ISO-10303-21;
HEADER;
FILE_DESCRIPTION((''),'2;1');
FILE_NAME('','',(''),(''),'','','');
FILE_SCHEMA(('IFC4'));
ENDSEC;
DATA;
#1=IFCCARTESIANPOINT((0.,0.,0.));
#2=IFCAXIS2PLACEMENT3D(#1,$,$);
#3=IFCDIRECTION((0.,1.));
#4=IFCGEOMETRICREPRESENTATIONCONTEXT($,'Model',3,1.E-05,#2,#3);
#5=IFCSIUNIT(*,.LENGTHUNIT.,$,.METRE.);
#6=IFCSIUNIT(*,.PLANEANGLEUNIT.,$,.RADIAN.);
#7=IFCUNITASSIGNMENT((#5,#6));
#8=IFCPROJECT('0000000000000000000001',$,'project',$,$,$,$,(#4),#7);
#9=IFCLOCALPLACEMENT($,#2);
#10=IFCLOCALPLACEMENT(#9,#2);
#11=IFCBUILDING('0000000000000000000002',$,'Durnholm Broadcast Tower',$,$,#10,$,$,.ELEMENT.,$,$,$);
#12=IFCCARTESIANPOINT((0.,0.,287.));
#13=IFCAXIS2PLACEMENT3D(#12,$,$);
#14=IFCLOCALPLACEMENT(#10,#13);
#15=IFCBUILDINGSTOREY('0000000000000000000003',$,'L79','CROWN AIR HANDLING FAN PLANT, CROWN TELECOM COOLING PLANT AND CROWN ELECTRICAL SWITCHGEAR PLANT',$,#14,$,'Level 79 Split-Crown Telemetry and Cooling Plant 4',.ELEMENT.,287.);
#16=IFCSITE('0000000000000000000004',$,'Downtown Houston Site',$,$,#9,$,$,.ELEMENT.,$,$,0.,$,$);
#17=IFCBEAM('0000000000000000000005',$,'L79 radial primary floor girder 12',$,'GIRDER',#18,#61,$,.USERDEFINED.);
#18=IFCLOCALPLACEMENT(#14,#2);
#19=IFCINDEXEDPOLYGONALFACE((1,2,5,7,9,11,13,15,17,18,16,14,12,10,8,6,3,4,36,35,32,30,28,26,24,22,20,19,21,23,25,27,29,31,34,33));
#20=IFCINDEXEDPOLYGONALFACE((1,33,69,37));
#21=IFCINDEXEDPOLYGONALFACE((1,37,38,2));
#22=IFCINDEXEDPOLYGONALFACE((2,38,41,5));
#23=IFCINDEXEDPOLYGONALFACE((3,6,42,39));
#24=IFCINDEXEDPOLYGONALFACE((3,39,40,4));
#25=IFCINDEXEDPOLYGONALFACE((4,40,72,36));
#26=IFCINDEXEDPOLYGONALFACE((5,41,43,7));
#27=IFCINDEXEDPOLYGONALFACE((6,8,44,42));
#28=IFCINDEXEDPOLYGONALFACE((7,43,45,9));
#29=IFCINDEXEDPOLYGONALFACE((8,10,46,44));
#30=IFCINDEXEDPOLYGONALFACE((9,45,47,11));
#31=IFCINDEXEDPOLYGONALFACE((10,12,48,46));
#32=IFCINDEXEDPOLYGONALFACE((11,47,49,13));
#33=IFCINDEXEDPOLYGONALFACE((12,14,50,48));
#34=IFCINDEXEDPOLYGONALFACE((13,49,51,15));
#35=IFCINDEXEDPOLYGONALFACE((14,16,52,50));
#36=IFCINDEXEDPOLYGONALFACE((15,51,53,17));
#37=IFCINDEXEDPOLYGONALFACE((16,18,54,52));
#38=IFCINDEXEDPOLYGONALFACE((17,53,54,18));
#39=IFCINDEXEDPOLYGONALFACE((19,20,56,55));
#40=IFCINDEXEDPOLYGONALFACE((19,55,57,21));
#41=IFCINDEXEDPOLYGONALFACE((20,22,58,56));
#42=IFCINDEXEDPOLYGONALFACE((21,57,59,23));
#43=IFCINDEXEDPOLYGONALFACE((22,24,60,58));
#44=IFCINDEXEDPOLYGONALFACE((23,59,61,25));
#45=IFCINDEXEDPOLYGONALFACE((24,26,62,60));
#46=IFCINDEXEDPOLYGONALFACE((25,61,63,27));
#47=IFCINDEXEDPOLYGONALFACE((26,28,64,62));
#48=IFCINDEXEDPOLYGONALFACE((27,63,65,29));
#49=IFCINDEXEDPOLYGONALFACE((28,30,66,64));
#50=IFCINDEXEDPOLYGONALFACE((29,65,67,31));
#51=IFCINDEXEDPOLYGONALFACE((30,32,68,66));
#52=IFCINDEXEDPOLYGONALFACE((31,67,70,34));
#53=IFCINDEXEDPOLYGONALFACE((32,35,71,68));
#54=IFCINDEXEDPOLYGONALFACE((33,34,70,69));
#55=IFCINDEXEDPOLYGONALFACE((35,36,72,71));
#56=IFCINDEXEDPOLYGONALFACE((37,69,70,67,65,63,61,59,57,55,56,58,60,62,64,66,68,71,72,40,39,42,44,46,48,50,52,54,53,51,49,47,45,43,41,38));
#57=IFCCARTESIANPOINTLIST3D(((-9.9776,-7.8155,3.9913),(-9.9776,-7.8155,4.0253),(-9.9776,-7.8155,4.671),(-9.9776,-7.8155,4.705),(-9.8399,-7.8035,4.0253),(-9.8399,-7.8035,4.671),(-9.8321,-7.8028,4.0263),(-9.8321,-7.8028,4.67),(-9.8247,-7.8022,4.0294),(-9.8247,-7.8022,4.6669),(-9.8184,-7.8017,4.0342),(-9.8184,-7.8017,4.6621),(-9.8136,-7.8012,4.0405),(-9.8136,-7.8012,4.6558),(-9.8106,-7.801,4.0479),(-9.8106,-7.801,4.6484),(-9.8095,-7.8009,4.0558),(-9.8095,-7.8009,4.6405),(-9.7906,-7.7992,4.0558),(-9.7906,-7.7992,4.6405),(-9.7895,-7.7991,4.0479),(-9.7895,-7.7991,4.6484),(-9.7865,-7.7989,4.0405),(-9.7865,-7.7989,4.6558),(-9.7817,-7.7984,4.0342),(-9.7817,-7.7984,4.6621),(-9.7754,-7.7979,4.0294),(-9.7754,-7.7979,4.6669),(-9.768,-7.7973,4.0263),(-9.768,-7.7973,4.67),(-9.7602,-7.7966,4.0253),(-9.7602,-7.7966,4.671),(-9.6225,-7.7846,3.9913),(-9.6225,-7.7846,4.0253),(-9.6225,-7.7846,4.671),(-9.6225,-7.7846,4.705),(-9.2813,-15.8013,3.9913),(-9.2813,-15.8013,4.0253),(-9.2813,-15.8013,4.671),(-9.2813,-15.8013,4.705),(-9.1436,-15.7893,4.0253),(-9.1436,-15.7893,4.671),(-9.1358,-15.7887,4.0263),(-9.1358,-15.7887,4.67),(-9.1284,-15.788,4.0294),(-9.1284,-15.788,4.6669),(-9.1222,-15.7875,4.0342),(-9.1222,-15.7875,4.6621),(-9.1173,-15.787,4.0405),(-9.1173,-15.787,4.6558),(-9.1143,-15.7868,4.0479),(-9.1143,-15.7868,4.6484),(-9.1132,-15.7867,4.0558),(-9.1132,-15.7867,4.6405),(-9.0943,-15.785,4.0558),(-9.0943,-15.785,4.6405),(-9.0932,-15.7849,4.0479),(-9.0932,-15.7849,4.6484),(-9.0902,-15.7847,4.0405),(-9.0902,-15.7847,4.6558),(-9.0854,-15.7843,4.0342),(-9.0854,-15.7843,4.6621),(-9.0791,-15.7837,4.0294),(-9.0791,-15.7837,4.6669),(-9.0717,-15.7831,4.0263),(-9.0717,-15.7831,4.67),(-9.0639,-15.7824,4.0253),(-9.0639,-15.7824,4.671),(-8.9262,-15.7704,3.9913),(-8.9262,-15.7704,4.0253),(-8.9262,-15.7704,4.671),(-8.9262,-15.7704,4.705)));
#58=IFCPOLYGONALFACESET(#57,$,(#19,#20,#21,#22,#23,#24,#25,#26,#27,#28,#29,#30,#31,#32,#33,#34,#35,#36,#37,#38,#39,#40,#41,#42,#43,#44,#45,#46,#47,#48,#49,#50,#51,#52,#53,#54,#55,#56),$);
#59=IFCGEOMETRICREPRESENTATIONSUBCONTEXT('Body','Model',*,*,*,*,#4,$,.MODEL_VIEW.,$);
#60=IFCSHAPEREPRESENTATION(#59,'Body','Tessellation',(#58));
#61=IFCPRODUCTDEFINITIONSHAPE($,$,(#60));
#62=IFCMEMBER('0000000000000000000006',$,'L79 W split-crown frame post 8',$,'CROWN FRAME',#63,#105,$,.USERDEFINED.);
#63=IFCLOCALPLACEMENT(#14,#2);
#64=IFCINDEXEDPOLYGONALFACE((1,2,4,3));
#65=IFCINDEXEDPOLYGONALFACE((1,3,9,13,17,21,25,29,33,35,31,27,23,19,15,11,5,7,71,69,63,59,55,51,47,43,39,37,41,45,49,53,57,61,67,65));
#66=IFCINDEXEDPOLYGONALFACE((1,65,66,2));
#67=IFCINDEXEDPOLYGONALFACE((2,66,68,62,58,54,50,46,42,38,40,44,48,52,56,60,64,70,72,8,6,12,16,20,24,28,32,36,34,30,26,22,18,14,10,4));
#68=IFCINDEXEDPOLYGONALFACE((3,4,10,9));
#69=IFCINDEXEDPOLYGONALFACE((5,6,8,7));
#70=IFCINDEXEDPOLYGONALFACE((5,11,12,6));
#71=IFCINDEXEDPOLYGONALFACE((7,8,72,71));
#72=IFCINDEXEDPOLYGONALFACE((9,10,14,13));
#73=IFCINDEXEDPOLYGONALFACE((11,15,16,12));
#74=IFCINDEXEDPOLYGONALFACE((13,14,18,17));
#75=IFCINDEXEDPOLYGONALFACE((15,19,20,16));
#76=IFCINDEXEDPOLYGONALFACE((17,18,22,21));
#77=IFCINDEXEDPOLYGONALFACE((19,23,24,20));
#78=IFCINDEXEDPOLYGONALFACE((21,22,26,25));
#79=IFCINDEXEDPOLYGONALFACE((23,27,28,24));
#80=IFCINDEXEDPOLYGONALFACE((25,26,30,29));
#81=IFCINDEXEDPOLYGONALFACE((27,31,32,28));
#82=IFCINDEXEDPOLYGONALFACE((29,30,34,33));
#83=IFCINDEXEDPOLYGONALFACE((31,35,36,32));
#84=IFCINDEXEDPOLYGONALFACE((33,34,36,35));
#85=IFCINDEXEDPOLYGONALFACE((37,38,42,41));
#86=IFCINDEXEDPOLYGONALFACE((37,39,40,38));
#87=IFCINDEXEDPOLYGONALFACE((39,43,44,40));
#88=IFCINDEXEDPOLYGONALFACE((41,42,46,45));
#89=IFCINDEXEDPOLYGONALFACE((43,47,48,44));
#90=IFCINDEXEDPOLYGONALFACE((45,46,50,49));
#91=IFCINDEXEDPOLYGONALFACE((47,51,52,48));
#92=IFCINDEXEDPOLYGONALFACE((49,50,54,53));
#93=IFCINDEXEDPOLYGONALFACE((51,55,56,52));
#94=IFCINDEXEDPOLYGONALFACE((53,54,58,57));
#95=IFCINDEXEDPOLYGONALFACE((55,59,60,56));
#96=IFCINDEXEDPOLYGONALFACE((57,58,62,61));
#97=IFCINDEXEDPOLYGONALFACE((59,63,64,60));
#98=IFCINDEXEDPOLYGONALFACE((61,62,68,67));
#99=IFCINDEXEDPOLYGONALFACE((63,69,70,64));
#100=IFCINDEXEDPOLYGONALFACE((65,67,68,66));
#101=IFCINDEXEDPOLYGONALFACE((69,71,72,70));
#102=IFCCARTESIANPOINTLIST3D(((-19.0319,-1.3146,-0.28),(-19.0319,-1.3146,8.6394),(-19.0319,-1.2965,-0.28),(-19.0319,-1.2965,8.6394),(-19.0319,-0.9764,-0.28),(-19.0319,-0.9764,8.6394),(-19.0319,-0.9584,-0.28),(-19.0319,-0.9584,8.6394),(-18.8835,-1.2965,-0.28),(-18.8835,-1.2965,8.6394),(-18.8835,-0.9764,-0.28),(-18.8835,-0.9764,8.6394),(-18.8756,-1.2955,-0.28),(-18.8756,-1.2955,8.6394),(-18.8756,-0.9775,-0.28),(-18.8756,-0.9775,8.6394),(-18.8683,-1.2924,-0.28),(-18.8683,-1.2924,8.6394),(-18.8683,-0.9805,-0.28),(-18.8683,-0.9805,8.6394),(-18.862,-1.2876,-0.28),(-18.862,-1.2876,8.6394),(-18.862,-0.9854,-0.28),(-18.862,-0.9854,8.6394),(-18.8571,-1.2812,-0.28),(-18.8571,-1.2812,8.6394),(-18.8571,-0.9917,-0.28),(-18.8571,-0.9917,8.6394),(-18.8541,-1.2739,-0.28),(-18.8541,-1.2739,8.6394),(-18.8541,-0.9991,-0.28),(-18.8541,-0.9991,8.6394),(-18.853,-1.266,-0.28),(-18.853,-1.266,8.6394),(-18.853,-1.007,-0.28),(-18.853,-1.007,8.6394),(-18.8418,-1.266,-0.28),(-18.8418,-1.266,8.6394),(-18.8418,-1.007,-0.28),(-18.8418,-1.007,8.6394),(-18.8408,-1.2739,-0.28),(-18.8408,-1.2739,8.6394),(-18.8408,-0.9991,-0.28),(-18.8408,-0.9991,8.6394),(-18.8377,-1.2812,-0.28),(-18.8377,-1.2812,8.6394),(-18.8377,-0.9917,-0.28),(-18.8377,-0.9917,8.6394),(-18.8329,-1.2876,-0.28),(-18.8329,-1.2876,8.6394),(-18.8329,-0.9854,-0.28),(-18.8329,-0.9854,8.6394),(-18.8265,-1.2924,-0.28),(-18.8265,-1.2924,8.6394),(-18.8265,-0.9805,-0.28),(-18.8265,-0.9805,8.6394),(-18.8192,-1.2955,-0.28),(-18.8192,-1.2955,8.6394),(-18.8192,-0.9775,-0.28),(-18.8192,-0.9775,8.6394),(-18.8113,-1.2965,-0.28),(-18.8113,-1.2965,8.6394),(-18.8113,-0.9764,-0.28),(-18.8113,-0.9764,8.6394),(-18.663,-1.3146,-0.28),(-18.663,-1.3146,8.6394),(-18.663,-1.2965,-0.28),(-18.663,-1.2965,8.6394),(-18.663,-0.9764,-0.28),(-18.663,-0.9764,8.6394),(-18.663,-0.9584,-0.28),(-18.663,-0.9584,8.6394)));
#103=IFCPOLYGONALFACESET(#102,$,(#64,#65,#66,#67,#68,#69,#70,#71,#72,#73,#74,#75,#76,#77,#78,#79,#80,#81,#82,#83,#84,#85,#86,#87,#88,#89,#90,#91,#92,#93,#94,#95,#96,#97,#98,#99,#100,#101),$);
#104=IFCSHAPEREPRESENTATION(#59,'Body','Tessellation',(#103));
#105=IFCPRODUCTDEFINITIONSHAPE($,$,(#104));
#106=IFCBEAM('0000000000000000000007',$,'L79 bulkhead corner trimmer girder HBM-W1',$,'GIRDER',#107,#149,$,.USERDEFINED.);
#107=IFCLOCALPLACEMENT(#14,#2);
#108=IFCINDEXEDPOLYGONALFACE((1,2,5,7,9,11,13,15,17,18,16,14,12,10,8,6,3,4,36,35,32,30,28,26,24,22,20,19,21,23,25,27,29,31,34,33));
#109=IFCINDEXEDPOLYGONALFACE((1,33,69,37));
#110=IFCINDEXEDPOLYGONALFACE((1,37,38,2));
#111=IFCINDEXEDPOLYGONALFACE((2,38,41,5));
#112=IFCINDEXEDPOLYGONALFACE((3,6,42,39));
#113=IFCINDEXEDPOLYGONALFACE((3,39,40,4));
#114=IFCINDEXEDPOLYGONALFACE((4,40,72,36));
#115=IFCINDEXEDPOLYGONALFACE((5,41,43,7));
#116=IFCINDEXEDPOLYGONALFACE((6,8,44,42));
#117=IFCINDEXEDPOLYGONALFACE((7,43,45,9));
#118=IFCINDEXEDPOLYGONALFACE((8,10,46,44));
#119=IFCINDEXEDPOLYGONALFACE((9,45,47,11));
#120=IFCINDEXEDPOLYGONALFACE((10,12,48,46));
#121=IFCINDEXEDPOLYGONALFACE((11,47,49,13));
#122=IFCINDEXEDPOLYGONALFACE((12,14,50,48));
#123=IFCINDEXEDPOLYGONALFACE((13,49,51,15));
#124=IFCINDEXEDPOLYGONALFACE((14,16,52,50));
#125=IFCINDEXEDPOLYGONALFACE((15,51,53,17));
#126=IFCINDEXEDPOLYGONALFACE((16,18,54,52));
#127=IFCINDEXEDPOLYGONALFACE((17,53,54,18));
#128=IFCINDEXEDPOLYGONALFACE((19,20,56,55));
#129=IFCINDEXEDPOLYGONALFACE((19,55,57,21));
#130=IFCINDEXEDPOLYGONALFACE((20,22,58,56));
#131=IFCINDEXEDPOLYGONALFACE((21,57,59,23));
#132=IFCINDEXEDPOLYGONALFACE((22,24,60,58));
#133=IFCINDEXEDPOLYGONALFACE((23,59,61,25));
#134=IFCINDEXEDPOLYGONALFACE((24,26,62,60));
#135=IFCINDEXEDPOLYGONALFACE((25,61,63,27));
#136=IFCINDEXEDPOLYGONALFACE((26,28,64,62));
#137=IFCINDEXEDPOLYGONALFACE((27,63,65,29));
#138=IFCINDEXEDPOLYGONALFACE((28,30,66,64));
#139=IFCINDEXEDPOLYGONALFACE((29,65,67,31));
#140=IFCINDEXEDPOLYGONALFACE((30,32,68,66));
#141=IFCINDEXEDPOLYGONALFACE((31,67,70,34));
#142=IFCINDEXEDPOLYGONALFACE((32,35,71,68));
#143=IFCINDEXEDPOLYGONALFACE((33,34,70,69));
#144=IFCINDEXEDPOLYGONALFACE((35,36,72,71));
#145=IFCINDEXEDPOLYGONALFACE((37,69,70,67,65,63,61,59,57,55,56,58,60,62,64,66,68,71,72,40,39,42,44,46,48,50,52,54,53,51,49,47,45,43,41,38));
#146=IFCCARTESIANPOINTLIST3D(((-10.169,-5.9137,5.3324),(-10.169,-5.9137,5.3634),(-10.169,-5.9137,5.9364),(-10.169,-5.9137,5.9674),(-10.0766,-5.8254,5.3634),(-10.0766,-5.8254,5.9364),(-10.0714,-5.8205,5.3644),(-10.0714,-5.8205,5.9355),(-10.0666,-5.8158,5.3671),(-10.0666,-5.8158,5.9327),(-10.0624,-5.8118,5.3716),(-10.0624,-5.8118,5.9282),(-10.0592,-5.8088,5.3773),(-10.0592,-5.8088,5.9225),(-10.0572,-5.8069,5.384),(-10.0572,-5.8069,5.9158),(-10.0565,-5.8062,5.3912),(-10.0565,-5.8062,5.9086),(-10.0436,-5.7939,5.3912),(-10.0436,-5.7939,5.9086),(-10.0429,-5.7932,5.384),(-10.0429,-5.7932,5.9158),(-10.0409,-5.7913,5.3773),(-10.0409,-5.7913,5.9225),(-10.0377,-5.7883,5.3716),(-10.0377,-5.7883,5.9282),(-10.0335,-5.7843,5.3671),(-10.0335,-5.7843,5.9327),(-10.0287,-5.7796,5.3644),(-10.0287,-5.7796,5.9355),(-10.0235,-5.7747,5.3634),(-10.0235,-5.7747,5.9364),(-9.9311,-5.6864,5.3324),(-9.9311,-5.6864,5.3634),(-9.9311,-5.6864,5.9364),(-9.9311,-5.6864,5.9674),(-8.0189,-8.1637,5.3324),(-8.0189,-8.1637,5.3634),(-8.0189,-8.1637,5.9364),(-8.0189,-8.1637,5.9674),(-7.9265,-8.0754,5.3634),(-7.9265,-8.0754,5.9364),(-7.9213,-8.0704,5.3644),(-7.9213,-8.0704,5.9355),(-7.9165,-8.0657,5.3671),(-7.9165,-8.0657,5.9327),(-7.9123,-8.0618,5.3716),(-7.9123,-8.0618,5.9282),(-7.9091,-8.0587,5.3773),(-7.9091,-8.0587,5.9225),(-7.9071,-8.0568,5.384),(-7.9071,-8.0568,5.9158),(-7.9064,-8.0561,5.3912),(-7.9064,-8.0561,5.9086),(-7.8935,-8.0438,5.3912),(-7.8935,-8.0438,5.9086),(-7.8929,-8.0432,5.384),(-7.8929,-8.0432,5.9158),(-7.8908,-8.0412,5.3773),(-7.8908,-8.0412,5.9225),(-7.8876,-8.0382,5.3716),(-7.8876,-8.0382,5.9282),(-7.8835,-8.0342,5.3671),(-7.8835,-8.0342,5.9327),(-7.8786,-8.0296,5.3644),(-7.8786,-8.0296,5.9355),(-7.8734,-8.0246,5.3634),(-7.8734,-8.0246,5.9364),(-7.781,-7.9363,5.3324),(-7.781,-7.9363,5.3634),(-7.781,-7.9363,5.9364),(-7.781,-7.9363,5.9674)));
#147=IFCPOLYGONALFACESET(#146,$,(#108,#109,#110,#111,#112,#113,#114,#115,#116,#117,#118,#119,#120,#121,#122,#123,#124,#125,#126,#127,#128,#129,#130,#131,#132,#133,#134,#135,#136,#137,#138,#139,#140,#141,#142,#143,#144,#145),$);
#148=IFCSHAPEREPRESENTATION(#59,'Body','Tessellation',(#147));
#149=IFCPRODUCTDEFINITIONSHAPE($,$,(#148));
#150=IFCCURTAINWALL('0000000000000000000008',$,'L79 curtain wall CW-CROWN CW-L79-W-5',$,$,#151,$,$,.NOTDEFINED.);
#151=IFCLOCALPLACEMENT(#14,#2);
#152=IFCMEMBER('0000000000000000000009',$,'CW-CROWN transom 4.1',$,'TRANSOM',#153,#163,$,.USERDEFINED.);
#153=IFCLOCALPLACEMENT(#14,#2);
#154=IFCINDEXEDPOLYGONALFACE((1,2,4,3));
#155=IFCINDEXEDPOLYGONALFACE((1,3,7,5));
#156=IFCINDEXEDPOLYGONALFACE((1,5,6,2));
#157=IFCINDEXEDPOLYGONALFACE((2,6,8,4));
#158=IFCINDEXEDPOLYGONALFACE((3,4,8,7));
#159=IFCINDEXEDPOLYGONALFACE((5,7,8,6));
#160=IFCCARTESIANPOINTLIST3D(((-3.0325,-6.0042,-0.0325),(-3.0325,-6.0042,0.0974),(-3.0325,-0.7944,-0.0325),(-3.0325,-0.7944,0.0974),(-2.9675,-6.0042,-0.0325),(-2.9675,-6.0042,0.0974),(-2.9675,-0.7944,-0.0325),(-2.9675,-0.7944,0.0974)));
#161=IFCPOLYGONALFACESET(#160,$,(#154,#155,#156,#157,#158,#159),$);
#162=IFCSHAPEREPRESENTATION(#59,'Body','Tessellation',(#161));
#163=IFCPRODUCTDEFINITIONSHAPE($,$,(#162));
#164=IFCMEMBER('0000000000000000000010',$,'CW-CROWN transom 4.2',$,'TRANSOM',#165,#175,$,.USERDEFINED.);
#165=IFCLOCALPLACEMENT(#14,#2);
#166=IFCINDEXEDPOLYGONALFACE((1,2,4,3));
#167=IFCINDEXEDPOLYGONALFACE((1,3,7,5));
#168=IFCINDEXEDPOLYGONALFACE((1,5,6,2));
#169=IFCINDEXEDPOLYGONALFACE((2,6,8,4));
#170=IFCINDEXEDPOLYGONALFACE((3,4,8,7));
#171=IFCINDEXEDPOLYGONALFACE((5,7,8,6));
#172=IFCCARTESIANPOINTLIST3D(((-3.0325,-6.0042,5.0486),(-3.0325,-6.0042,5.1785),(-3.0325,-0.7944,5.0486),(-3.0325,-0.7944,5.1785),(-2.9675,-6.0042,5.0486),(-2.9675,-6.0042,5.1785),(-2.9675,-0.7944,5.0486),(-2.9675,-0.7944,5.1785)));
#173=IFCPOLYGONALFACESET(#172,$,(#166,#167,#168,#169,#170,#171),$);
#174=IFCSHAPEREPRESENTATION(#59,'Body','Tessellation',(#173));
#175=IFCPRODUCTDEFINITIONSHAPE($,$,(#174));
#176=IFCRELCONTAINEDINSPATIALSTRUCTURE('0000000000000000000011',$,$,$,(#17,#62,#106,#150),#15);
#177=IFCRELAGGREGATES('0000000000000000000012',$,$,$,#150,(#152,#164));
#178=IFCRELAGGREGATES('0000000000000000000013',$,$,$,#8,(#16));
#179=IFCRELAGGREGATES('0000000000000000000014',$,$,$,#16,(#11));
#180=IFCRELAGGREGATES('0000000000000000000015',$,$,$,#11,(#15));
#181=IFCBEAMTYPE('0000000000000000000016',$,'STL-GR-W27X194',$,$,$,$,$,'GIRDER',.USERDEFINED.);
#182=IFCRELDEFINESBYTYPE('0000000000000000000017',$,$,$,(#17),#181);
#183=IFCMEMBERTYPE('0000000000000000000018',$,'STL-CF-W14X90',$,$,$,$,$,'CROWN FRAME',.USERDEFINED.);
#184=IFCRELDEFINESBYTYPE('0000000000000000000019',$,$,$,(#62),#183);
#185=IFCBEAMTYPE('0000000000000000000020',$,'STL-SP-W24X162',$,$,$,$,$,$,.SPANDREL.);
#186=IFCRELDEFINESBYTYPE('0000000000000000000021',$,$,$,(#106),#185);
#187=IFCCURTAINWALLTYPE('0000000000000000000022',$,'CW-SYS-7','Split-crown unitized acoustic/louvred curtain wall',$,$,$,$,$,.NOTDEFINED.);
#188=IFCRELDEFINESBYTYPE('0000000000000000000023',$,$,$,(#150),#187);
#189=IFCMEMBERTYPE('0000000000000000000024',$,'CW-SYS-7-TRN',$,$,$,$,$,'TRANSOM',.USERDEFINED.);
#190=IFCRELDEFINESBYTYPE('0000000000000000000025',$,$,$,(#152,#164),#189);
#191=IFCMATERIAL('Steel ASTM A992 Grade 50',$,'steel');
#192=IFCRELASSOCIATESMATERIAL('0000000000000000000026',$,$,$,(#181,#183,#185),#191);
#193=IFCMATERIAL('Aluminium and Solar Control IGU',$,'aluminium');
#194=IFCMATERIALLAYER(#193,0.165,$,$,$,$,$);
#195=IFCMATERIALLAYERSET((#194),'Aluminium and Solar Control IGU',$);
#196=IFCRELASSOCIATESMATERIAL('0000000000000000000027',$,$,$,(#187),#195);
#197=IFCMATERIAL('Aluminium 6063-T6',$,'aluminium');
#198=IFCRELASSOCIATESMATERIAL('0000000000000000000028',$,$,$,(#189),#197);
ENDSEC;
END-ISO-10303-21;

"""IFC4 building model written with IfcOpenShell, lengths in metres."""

from ifc_helpers import new_model, si_unit, direction, frame, origin, origin_2d, place, context, subcontext, project, spatial, rectangle, i_section, extrude, source, transform, mapped, material, layer, layer_set, material_profile, profile_set, type_object, type_shapes, element, aggregate, save


model = new_model("IFC4")

# Units and contexts
model_context = context("Model", 3, precision=1e-05, world=origin(), true_north=direction((0.0, 1.0)))
body_context = subcontext(model_context, "Body", "Model", "MODEL_VIEW")
ifc_project = project(units=[si_unit("LENGTHUNIT", "METRE"), si_unit("PLANEANGLEUNIT", "RADIAN")], contexts=[model_context])

# Site, building, storey
site_placement = place(None, origin())
site = spatial("IfcSite", under=ifc_project, at=site_placement, Name="Downtown Houston Site", CompositionType="ELEMENT", RefElevation=0.0)
building_placement = place(site_placement, origin())
building = spatial("IfcBuilding", under=site, at=building_placement, Name="Durnholm Broadcast Tower", CompositionType="ELEMENT")
storey_placement = place(building_placement, frame((0.0, 0.0, 287.0)))
storey = spatial("IfcBuildingStorey", under=building, at=storey_placement, Name="L79", Description="CROWN AIR HANDLING FAN PLANT, CROWN TELECOM COOLING PLANT AND CROWN ELECTRICAL SWITCHGEAR PLANT", LongName="Level 79 Split-Crown Telemetry and Cooling Plant 4", CompositionType="ELEMENT", Elevation=287.0)

# Beam
ifc_material_1 = material(Name="Steel ASTM A992 Grade 50", Category="steel")
ifc_material_profile_1 = material_profile(ifc_material_1, i_section(OverallWidth=0.3564, OverallDepth=0.7136, WebThickness=0.019, FlangeThickness=0.0339, FilletRadius=0.0305, at=origin_2d()), Name="W27X194")
ifc_profile_set_1 = profile_set([ifc_material_profile_1], Name="Steel ASTM A992 Grade 50")
beam_type_1 = type_object("IfcBeamType", Name="STL-GR-W27X194", ElementType="GIRDER", PredefinedType="USERDEFINED", material=ifc_profile_set_1)
shared_shape_1 = source(origin(), body_context, "Body", "SweptSolid", [
    extrude(i_section(OverallWidth=0.3564, OverallDepth=0.7136, WebThickness=0.019, FlangeThickness=0.0339, FilletRadius=0.0305, at=origin_2d()), origin(), (0.0, 0.0, 1.0), 8.0161),
])
beam_1_placement = place(storey_placement, frame((-9.8, -7.8, 4.3481), z_axis=(0.086861, -0.99622, 0.0), x_axis=(0.99622, 0.086861, 0.0)))
element("IfcBeam", 1, at=beam_1_placement, inside=storey, type_object=beam_type_1, Name="L79 radial primary floor girder 12", ObjectType="GIRDER", PredefinedType="USERDEFINED", context=body_context, shape_type="MappedRepresentation", body=[
    mapped(shared_shape_1, transform((0.0, 0.0, 0.0), x_axis=(1.0, 0.0, 0.0), y_axis=(0.0, 1.0, 0.0), z_axis=(0.0, 0.0, 1.0), scale=1.0)),
])

# Member
ifc_material_profile_2 = material_profile(ifc_material_1, i_section(OverallWidth=0.3689, OverallDepth=0.3562, WebThickness=0.0112, FlangeThickness=0.0181, FilletRadius=0.0305, at=origin_2d()), Name="W14X90")
ifc_profile_set_2 = profile_set([ifc_material_profile_2], Name="Steel ASTM A992 Grade 50")
member_type_1 = type_object("IfcMemberType", Name="STL-CF-W14X90", ElementType="CROWN FRAME", PredefinedType="USERDEFINED", material=ifc_profile_set_2)
shared_shape_2 = source(origin(), body_context, "Body", "SweptSolid", [
    extrude(i_section(OverallWidth=0.3689, OverallDepth=0.3562, WebThickness=0.0112, FlangeThickness=0.0181, FilletRadius=0.0305, at=origin_2d()), origin(), (0.0, 0.0, 1.0), 8.9194),
])
type_shapes(member_type_1, [shared_shape_2])
member_1_placement = place(storey_placement, frame((-18.8474, -1.1365, -0.28), z_axis=(0.0, 0.0, 1.0), x_axis=(1.0, 0.0, 0.0)))
element("IfcMember", 2, at=member_1_placement, inside=storey, type_object=member_type_1, Name="L79 W split-crown frame post 8", ObjectType="CROWN FRAME", PredefinedType="USERDEFINED", context=body_context, shape_type="MappedRepresentation", body=[
    mapped(shared_shape_2, transform((0.0, 0.0, 0.0), x_axis=(1.0, 0.0, 0.0), y_axis=(0.0, 1.0, 0.0), z_axis=(0.0, 0.0, 1.0), scale=1.0)),
])

# Beam
ifc_material_profile_3 = material_profile(ifc_material_1, i_section(OverallWidth=0.3291, OverallDepth=0.635, WebThickness=0.0178, FlangeThickness=0.031, FilletRadius=0.0278, at=origin_2d()), Name="W24X162")
ifc_profile_set_3 = profile_set([ifc_material_profile_3], Name="Steel ASTM A992 Grade 50")
beam_type_2 = type_object("IfcBeamType", Name="STL-SP-W24X162", PredefinedType="SPANDREL", material=ifc_profile_set_3)
shared_shape_3 = source(origin(), body_context, "Body", "SweptSolid", [
    extrude(i_section(OverallWidth=0.3291, OverallDepth=0.635, WebThickness=0.0178, FlangeThickness=0.031, FilletRadius=0.0278, at=origin_2d()), origin(), (0.0, 0.0, 1.0), 3.1121),
])
type_shapes(beam_type_2, [shared_shape_3])
beam_2_placement = place(storey_placement, frame((-10.05, -5.8, 5.6499), z_axis=(0.690882, -0.722967, 0.0), x_axis=(0.722967, 0.690882, 0.0)))
element("IfcBeam", 3, at=beam_2_placement, inside=storey, type_object=beam_type_2, Name="L79 bulkhead corner trimmer girder HBM-W1", ObjectType="GIRDER", PredefinedType="USERDEFINED", context=body_context, shape_type="MappedRepresentation", body=[
    mapped(shared_shape_3, transform((0.0, 0.0, 0.0), x_axis=(1.0, 0.0, 0.0), y_axis=(0.0, 1.0, 0.0), z_axis=(0.0, 0.0, 1.0), scale=1.0)),
])

# Curtain wall, members
ifc_material_2 = material(Name="Aluminium and Solar Control IGU", Category="aluminium")
ifc_layer_1 = layer(ifc_material_2, 0.165)
ifc_layer_set_1 = layer_set([ifc_layer_1], Name="Aluminium and Solar Control IGU")
curtain_wall_type = type_object("IfcCurtainWallType", Name="CW-SYS-7", Description="Split-crown unitized acoustic/louvred curtain wall", PredefinedType="NOTDEFINED", material=ifc_layer_set_1)
curtain_wall_placement = place(storey_placement, origin())
curtain_wall = element("IfcCurtainWall", 4, at=curtain_wall_placement, inside=storey, type_object=curtain_wall_type, Name="L79 curtain wall CW-CROWN CW-L79-W-5", PredefinedType="NOTDEFINED")
ifc_material_3 = material(Name="Aluminium 6063-T6", Category="aluminium")
ifc_material_profile_4 = material_profile(ifc_material_3, rectangle(XDim=0.0649, YDim=0.1299, at=origin_2d()), Name="CWT65X130")
ifc_profile_set_4 = profile_set([ifc_material_profile_4], Name="Aluminium 6063-T6")
member_type_2 = type_object("IfcMemberType", Name="CW-SYS-7-TRN", ElementType="TRANSOM", PredefinedType="USERDEFINED", material=ifc_profile_set_4)
shared_shape_4 = source(origin(), body_context, "Body", "SweptSolid", [
    extrude(rectangle(XDim=0.0649, YDim=0.1299, at=origin_2d()), origin(), (0.0, 0.0, 1.0), 5.2097),
])
type_shapes(member_type_2, [shared_shape_4])
member_2_placement = place(storey_placement, frame((-3.0, -0.7944, 0.0325), z_axis=(0.0, -1.0, 0.0), x_axis=(1.0, 0.0, 0.0)))
member_2 = element("IfcMember", 5, at=member_2_placement, type_object=member_type_2, Name="CW-CROWN transom 4.1", ObjectType="TRANSOM", PredefinedType="USERDEFINED", context=body_context, shape_type="MappedRepresentation", body=[
    mapped(shared_shape_4, transform((0.0, 0.0, 0.0), x_axis=(1.0, 0.0, 0.0), y_axis=(0.0, 1.0, 0.0), z_axis=(0.0, 0.0, 1.0), scale=1.0)),
])
member_3_placement = place(storey_placement, frame((-3.0, -0.7944, 5.1135), z_axis=(0.0, -1.0, 0.0), x_axis=(1.0, 0.0, 0.0)))
member_3 = element("IfcMember", 6, at=member_3_placement, type_object=member_type_2, Name="CW-CROWN transom 4.2", ObjectType="TRANSOM", PredefinedType="USERDEFINED", context=body_context, shape_type="MappedRepresentation", body=[
    mapped(shared_shape_4, transform((0.0, 0.0, 0.0), x_axis=(1.0, 0.0, 0.0), y_axis=(0.0, 1.0, 0.0), z_axis=(0.0, 0.0, 1.0), scale=1.0)),
])

aggregate(curtain_wall, [member_2, member_3])

save(model, "model.ifc")
